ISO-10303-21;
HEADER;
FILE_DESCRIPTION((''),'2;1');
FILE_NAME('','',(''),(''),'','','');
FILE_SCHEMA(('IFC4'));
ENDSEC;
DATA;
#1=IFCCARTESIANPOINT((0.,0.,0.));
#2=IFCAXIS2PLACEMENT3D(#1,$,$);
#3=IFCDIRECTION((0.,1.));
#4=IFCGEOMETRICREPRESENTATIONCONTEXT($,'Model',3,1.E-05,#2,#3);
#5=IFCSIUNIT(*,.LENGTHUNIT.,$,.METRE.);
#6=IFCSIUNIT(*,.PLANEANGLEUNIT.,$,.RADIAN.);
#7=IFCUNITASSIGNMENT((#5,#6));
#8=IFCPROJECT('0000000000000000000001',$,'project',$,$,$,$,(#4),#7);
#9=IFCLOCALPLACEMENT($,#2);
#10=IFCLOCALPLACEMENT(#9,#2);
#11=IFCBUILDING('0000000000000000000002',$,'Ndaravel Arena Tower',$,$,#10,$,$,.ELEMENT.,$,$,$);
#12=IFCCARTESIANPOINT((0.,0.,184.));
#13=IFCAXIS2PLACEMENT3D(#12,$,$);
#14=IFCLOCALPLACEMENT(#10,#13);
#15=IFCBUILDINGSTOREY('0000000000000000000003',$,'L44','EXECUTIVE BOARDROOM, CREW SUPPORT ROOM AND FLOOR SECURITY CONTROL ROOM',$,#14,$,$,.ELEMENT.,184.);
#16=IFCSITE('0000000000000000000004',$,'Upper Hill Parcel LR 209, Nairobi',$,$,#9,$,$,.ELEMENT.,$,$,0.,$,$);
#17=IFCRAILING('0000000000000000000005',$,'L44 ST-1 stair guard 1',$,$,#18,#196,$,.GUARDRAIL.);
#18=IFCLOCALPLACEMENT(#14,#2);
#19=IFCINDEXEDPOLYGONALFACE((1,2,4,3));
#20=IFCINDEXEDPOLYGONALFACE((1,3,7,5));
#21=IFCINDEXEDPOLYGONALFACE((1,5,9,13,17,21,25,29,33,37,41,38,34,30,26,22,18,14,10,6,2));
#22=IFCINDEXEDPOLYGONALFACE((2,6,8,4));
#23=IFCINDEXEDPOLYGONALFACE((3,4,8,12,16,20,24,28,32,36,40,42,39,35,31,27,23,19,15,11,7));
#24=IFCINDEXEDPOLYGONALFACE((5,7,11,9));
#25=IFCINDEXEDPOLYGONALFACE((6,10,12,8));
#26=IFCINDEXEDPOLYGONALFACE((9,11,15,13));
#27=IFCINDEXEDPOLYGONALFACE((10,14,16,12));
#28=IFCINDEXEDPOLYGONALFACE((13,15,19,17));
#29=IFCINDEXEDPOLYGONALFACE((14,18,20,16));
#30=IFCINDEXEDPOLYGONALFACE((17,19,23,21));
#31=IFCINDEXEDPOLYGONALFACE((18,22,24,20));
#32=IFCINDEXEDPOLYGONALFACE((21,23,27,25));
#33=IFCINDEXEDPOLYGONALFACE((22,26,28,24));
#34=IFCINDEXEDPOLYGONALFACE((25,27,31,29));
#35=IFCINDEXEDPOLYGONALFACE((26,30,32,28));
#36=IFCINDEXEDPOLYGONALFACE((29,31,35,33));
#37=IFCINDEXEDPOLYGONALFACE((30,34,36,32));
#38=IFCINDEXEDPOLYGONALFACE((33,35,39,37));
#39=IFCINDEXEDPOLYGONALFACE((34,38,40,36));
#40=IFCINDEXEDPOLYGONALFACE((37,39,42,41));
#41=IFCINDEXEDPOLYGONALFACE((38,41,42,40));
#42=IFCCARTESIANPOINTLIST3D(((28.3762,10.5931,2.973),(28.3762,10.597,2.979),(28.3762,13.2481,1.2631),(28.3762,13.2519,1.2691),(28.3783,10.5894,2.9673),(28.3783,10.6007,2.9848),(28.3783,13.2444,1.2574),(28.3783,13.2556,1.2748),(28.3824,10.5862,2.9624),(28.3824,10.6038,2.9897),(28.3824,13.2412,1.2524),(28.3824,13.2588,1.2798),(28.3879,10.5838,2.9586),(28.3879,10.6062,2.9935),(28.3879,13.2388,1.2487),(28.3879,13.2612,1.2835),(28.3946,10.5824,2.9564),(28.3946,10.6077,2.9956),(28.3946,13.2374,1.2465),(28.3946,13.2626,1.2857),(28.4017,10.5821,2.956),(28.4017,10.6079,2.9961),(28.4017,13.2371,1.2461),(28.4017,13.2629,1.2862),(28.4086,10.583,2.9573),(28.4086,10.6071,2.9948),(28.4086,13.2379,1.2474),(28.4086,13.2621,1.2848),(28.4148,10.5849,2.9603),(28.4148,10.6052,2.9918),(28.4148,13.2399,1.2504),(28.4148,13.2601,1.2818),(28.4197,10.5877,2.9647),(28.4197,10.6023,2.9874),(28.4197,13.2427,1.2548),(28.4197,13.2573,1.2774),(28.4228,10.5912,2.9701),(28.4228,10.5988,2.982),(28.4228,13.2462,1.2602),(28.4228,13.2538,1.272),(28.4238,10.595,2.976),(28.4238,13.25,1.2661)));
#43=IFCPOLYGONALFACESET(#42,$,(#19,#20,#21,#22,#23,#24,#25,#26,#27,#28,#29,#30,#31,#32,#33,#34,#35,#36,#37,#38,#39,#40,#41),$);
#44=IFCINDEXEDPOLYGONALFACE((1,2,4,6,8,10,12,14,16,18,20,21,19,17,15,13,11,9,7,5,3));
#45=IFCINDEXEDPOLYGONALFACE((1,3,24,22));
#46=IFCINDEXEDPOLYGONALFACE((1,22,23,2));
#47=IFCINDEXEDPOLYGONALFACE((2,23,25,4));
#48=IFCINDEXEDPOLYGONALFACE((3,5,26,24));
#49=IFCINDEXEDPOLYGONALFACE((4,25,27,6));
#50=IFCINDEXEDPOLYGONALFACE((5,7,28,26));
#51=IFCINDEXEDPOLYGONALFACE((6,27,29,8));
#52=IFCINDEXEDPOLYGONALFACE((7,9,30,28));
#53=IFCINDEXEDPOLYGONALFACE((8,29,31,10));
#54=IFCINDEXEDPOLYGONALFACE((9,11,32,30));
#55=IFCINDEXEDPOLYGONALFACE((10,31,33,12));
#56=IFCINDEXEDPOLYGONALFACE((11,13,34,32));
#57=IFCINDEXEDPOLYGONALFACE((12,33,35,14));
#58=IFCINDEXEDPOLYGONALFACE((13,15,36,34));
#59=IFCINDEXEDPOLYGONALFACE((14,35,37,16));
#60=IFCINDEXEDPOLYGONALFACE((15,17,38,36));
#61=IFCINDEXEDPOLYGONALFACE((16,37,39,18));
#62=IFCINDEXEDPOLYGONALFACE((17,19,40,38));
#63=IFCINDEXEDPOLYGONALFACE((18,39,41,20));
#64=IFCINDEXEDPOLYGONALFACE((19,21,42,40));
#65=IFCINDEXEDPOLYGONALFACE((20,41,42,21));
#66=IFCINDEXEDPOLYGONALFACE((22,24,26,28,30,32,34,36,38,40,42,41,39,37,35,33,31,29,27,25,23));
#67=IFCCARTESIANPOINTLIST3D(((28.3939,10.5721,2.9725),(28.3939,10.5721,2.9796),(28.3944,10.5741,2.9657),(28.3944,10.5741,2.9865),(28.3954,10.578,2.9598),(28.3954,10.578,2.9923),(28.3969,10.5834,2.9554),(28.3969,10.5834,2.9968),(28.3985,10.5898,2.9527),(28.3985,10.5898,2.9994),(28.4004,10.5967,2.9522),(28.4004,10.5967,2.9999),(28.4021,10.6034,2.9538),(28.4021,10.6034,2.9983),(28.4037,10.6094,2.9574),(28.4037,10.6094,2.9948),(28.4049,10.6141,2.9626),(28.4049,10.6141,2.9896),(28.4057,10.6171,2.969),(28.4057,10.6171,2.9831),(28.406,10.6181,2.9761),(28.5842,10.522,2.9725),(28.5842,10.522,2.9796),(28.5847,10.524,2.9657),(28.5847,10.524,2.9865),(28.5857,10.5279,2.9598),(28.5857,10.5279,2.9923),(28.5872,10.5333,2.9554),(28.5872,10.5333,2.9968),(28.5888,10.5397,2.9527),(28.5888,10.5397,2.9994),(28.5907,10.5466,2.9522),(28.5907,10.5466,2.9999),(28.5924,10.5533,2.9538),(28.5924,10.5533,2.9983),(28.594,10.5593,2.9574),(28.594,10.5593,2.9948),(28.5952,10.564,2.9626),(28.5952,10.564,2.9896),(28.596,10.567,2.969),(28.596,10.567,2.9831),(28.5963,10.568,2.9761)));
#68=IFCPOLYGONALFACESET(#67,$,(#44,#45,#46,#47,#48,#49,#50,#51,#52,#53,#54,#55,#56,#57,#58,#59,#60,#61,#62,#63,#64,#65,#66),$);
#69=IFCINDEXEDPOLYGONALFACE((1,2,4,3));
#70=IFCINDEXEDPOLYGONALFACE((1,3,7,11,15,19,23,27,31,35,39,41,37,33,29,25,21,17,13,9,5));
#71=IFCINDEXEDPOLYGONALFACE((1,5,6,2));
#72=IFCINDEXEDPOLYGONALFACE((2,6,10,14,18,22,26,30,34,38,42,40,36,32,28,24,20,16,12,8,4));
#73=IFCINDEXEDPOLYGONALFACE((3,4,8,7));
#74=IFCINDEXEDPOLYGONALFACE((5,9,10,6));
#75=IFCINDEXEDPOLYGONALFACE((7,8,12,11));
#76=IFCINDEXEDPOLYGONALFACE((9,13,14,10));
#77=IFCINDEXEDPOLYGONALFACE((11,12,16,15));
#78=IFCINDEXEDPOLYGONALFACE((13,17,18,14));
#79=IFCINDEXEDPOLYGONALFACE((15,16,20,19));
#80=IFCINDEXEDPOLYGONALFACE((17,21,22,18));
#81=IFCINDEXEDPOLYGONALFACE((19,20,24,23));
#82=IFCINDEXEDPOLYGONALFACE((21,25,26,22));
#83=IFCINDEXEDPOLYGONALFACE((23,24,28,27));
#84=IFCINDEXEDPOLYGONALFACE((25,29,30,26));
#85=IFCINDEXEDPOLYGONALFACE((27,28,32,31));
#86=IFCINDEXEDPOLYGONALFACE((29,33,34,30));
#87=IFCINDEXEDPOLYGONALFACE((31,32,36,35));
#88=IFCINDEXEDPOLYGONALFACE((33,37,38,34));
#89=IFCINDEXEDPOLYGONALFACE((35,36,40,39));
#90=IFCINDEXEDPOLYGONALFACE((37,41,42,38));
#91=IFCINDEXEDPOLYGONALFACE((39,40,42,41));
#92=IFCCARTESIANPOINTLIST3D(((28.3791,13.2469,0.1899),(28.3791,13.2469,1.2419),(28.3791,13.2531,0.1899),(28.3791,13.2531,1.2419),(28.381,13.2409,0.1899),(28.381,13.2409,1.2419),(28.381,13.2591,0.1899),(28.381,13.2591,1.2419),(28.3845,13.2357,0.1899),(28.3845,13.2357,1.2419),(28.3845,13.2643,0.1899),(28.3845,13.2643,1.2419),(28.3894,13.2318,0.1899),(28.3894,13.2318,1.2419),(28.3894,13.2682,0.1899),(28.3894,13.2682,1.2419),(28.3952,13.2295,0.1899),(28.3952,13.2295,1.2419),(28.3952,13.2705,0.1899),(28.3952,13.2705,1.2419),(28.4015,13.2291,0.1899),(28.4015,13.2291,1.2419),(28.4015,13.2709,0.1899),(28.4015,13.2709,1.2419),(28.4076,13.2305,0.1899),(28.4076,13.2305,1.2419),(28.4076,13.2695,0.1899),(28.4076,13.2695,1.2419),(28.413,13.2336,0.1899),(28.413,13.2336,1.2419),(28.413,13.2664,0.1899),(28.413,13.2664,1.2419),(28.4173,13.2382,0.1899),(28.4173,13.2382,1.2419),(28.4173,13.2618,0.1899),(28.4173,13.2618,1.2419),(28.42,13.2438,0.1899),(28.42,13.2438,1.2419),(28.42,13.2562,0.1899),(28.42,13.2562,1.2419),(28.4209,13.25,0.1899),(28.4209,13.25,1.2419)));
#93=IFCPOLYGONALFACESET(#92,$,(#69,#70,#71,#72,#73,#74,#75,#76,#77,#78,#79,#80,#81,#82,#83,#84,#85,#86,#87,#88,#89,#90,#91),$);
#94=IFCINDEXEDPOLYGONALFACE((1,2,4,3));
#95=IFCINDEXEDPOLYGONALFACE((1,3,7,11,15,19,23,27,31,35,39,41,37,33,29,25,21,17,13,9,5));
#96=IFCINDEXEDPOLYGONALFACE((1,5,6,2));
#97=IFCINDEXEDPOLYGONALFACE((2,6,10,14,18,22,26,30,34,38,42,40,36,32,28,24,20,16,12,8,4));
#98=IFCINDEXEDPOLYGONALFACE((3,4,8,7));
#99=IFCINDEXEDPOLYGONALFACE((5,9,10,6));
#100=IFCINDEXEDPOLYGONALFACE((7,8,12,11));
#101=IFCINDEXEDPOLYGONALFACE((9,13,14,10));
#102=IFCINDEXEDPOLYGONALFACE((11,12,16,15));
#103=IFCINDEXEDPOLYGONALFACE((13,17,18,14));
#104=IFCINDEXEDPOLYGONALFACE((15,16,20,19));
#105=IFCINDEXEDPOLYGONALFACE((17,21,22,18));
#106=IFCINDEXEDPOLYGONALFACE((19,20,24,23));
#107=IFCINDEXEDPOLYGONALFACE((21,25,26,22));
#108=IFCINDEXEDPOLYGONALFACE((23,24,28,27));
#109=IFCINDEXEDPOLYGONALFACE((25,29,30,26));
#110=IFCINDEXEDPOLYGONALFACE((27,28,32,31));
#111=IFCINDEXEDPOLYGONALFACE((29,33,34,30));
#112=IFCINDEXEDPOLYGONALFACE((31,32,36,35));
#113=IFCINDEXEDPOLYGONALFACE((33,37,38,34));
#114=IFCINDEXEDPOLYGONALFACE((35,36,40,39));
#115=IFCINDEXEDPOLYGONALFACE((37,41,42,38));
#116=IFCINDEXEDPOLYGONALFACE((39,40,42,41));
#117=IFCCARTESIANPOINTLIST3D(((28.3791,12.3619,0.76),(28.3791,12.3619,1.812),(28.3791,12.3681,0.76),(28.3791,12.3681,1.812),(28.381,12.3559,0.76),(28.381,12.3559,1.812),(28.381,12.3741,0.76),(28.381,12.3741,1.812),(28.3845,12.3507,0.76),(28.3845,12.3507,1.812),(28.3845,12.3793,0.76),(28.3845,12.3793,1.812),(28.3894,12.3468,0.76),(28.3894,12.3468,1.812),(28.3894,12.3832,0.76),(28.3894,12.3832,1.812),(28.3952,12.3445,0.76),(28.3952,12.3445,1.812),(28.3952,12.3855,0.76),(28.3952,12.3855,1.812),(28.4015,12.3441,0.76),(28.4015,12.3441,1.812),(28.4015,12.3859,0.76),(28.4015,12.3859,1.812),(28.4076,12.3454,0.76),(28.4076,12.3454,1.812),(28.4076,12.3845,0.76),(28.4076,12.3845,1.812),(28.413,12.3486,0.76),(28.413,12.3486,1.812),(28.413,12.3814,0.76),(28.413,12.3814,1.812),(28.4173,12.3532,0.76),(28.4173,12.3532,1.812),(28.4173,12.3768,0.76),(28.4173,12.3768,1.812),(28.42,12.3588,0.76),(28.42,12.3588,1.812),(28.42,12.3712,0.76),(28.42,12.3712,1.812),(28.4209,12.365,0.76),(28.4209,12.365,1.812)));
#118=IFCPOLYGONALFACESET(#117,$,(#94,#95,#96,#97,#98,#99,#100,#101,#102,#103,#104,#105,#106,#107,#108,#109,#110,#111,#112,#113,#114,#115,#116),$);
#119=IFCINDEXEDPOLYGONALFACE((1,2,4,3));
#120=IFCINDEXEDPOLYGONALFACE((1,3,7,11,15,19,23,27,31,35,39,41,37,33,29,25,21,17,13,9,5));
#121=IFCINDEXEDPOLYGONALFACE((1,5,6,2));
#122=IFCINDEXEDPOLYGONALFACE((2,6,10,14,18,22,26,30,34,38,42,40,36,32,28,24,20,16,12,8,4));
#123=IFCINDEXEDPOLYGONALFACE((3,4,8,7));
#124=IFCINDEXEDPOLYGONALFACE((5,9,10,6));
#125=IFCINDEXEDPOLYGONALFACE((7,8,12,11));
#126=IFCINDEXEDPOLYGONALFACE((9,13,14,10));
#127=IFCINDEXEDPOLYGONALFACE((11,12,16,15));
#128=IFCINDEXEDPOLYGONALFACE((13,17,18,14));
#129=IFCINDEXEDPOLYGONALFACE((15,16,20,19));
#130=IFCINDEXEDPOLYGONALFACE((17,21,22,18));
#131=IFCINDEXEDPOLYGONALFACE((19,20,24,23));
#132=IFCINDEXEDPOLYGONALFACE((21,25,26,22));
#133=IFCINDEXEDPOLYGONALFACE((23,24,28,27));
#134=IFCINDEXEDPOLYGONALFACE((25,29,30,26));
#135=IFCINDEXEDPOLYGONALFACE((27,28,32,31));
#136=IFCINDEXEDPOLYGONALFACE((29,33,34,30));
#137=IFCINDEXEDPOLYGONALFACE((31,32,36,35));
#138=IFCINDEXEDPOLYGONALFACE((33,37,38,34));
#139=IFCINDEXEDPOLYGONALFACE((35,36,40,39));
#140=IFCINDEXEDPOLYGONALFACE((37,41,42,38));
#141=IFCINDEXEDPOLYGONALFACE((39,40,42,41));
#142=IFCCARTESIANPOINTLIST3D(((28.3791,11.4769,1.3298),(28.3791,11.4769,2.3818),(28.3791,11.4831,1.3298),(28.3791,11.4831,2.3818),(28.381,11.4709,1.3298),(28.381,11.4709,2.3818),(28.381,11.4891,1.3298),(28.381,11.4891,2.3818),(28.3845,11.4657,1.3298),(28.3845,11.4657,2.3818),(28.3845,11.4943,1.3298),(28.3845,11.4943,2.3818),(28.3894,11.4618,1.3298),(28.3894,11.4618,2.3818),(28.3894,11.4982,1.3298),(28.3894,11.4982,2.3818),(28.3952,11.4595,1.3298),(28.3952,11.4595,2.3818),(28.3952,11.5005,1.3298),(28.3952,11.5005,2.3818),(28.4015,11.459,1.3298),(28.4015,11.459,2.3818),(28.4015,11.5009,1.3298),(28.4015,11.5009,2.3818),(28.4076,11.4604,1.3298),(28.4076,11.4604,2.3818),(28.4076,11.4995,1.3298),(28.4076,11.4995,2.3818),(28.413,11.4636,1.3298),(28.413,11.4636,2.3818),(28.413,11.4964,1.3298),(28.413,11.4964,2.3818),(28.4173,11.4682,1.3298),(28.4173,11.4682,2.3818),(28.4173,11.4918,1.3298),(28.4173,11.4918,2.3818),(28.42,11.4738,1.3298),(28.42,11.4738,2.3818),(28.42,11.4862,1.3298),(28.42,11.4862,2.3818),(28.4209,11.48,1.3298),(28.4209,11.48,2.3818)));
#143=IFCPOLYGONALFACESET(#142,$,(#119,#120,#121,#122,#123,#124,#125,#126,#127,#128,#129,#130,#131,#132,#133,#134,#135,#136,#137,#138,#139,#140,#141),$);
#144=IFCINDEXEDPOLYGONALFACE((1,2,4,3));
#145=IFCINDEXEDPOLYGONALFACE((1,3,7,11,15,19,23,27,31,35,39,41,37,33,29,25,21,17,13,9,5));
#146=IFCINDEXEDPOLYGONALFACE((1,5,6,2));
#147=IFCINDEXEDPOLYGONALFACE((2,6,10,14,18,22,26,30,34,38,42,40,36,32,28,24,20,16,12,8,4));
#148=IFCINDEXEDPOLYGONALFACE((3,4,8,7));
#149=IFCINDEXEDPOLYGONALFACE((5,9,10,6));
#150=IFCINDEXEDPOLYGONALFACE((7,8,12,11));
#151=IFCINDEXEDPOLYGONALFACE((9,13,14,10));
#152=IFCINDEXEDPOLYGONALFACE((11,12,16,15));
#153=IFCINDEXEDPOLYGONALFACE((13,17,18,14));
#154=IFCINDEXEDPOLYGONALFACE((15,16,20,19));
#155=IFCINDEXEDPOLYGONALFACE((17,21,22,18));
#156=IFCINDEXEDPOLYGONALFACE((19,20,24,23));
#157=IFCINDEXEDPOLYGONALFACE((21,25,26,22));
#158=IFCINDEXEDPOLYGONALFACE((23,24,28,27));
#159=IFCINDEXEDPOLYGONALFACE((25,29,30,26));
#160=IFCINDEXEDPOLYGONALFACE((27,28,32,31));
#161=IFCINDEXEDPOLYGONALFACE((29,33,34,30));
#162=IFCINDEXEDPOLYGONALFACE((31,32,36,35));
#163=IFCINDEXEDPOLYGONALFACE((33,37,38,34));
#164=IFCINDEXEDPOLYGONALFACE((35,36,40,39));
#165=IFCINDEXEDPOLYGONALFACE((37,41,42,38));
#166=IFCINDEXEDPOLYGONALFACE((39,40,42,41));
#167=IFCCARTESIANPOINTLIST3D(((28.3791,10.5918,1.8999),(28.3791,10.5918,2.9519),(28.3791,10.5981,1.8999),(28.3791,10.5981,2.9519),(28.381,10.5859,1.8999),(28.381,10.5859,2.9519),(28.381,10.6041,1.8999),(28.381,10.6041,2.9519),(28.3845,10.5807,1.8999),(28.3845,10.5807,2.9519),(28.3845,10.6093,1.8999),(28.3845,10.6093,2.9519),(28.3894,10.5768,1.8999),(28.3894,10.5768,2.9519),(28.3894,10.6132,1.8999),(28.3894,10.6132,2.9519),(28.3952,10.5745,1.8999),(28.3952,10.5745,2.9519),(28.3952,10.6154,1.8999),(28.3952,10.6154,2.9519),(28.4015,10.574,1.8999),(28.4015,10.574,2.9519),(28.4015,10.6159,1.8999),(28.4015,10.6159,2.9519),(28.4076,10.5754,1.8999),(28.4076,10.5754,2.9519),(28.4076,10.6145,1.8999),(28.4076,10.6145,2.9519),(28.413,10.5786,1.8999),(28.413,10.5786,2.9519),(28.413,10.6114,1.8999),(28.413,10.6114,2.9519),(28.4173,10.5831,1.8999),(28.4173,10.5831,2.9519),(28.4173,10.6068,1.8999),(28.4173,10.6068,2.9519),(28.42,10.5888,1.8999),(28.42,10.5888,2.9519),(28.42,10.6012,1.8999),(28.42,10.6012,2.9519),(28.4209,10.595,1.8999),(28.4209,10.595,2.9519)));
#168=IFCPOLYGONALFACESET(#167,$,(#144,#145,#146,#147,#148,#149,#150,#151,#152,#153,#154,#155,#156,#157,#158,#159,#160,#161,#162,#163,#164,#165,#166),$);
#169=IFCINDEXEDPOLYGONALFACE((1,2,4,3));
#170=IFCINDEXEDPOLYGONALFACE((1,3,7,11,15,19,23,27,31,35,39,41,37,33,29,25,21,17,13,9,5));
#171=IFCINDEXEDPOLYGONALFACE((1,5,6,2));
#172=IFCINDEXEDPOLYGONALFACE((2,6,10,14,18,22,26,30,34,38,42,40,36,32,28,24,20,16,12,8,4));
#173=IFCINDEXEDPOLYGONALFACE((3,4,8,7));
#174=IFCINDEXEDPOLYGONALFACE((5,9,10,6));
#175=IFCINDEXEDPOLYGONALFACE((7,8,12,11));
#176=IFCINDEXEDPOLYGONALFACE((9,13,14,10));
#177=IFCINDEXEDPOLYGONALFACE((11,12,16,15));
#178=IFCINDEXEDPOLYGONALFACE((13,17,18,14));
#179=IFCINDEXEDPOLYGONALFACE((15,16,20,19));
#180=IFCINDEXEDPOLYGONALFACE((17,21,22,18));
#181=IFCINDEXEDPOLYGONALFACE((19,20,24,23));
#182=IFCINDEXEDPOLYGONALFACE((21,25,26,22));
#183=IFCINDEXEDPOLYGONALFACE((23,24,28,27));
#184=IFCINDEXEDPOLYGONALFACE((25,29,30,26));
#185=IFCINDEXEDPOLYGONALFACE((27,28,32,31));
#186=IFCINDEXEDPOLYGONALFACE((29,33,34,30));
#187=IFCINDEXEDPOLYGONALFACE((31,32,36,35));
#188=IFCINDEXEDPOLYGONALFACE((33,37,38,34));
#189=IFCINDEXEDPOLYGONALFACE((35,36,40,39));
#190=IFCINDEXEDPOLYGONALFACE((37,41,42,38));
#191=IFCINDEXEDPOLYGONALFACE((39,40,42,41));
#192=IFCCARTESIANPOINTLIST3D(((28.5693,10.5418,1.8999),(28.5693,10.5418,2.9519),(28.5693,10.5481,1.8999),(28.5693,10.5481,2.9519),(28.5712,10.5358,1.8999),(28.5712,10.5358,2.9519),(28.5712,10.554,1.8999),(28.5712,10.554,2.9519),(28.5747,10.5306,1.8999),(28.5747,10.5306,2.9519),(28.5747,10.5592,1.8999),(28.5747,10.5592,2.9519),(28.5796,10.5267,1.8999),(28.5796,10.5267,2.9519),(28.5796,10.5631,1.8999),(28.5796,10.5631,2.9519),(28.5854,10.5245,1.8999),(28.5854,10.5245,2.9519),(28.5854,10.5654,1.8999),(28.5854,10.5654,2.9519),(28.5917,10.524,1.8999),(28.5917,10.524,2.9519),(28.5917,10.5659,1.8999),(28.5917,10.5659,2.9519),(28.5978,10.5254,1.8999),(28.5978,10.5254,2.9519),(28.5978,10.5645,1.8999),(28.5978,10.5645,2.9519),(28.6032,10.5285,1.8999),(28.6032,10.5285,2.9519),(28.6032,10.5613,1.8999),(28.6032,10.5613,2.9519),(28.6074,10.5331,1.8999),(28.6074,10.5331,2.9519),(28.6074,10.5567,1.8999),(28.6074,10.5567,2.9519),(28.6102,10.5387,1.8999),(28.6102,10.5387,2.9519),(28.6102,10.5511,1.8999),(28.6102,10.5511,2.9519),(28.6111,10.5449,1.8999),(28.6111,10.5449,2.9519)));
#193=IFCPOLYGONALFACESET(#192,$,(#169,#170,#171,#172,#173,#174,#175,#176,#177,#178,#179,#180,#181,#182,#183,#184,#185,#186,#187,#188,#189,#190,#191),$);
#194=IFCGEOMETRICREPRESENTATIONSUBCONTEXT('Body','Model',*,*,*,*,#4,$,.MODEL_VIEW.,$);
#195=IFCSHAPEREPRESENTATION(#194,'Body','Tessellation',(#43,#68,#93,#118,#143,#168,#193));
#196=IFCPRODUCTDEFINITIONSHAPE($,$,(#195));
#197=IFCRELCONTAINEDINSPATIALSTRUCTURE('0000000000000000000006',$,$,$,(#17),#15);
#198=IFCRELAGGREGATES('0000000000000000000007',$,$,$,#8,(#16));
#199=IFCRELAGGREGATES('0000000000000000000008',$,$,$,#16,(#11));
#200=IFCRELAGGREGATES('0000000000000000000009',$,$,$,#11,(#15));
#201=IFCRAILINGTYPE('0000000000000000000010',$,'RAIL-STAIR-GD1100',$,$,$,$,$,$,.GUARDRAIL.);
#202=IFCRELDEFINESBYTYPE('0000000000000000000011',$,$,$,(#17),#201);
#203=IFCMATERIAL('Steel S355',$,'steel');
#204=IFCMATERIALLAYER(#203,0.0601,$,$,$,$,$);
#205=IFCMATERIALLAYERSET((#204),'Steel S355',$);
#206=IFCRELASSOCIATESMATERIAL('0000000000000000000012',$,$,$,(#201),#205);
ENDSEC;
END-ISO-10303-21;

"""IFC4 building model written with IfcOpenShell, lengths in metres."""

from ifc_helpers import new_model, si_unit, direction, frame, origin, origin_2d, place, context, subcontext, project, spatial, circle, extrude, material, layer, layer_set, type_object, element, save


model = new_model("IFC4")

# Units and contexts
model_context = context("Model", 3, precision=1e-05, world=origin(), true_north=direction((0.0, 1.0)))
body_context = subcontext(model_context, "Body", "Model", "MODEL_VIEW")
ifc_project = project(units=[si_unit("LENGTHUNIT", "METRE"), si_unit("PLANEANGLEUNIT", "RADIAN")], contexts=[model_context])

# Site, building, storey
site_placement = place(None, origin())
site = spatial("IfcSite", under=ifc_project, at=site_placement, Name="Upper Hill Parcel LR 209, Nairobi", CompositionType="ELEMENT", RefElevation=0.0)
building_placement = place(site_placement, origin())
building = spatial("IfcBuilding", under=site, at=building_placement, Name="Ndaravel Arena Tower", CompositionType="ELEMENT")
storey_placement = place(building_placement, frame((0.0, 0.0, 184.0)))
storey = spatial("IfcBuildingStorey", under=building, at=storey_placement, Name="L44", Description="EXECUTIVE BOARDROOM, CREW SUPPORT ROOM AND FLOOR SECURITY CONTROL ROOM", CompositionType="ELEMENT", Elevation=184.0)

# Railing
ifc_material_1 = material(Name="Steel S355", Category="steel")
ifc_layer_1 = layer(ifc_material_1, 0.0601)
ifc_layer_set_1 = layer_set([ifc_layer_1], Name="Steel S355")
railing_type_1 = type_object("IfcRailingType", Name="RAIL-STAIR-GD1100", PredefinedType="GUARDRAIL", material=ifc_layer_set_1)
railing_1_placement = place(storey_placement, frame((28.3999, 13.25, 0.1899)))
element("IfcRailing", 1, at=railing_1_placement, inside=storey, type_object=railing_type_1, Name="L44 ST-1 stair guard 1", PredefinedType="GUARDRAIL", context=body_context, shape_type="SweptSolid", body=[
    extrude(circle(Radius=0.0239, at=origin_2d()), frame((0.0, 0.0, 1.0762), z_axis=(0.0, -0.840724, 0.541465), x_axis=(1.0, 0.0, 0.0)), (0.0, 0.0, 1.0), 3.158),
    extrude(circle(Radius=0.0239, at=origin_2d()), frame((0.0, -2.655, 2.7861), z_axis=(0.967075, -0.254493, 0.0), x_axis=(0.254493, 0.967075, 0.0)), (0.0, 0.0, 1.0), 0.1968),
    extrude(circle(Radius=0.021, at=origin_2d()), origin(), (0.0, 0.0, 1.0), 1.052),
    extrude(circle(Radius=0.021, at=origin_2d()), frame((0.0, -0.885, 0.5701)), (0.0, 0.0, 1.0), 1.052),
    extrude(circle(Radius=0.021, at=origin_2d()), frame((0.0, -1.77, 1.1399)), (0.0, 0.0, 1.0), 1.052),
    extrude(circle(Radius=0.021, at=origin_2d()), frame((0.0, -2.655, 1.71)), (0.0, 0.0, 1.0), 1.052),
    extrude(circle(Radius=0.021, at=origin_2d()), frame((0.1902, -2.7051, 1.71)), (0.0, 0.0, 1.0), 1.052),
])

save(model, "model.ifc")
